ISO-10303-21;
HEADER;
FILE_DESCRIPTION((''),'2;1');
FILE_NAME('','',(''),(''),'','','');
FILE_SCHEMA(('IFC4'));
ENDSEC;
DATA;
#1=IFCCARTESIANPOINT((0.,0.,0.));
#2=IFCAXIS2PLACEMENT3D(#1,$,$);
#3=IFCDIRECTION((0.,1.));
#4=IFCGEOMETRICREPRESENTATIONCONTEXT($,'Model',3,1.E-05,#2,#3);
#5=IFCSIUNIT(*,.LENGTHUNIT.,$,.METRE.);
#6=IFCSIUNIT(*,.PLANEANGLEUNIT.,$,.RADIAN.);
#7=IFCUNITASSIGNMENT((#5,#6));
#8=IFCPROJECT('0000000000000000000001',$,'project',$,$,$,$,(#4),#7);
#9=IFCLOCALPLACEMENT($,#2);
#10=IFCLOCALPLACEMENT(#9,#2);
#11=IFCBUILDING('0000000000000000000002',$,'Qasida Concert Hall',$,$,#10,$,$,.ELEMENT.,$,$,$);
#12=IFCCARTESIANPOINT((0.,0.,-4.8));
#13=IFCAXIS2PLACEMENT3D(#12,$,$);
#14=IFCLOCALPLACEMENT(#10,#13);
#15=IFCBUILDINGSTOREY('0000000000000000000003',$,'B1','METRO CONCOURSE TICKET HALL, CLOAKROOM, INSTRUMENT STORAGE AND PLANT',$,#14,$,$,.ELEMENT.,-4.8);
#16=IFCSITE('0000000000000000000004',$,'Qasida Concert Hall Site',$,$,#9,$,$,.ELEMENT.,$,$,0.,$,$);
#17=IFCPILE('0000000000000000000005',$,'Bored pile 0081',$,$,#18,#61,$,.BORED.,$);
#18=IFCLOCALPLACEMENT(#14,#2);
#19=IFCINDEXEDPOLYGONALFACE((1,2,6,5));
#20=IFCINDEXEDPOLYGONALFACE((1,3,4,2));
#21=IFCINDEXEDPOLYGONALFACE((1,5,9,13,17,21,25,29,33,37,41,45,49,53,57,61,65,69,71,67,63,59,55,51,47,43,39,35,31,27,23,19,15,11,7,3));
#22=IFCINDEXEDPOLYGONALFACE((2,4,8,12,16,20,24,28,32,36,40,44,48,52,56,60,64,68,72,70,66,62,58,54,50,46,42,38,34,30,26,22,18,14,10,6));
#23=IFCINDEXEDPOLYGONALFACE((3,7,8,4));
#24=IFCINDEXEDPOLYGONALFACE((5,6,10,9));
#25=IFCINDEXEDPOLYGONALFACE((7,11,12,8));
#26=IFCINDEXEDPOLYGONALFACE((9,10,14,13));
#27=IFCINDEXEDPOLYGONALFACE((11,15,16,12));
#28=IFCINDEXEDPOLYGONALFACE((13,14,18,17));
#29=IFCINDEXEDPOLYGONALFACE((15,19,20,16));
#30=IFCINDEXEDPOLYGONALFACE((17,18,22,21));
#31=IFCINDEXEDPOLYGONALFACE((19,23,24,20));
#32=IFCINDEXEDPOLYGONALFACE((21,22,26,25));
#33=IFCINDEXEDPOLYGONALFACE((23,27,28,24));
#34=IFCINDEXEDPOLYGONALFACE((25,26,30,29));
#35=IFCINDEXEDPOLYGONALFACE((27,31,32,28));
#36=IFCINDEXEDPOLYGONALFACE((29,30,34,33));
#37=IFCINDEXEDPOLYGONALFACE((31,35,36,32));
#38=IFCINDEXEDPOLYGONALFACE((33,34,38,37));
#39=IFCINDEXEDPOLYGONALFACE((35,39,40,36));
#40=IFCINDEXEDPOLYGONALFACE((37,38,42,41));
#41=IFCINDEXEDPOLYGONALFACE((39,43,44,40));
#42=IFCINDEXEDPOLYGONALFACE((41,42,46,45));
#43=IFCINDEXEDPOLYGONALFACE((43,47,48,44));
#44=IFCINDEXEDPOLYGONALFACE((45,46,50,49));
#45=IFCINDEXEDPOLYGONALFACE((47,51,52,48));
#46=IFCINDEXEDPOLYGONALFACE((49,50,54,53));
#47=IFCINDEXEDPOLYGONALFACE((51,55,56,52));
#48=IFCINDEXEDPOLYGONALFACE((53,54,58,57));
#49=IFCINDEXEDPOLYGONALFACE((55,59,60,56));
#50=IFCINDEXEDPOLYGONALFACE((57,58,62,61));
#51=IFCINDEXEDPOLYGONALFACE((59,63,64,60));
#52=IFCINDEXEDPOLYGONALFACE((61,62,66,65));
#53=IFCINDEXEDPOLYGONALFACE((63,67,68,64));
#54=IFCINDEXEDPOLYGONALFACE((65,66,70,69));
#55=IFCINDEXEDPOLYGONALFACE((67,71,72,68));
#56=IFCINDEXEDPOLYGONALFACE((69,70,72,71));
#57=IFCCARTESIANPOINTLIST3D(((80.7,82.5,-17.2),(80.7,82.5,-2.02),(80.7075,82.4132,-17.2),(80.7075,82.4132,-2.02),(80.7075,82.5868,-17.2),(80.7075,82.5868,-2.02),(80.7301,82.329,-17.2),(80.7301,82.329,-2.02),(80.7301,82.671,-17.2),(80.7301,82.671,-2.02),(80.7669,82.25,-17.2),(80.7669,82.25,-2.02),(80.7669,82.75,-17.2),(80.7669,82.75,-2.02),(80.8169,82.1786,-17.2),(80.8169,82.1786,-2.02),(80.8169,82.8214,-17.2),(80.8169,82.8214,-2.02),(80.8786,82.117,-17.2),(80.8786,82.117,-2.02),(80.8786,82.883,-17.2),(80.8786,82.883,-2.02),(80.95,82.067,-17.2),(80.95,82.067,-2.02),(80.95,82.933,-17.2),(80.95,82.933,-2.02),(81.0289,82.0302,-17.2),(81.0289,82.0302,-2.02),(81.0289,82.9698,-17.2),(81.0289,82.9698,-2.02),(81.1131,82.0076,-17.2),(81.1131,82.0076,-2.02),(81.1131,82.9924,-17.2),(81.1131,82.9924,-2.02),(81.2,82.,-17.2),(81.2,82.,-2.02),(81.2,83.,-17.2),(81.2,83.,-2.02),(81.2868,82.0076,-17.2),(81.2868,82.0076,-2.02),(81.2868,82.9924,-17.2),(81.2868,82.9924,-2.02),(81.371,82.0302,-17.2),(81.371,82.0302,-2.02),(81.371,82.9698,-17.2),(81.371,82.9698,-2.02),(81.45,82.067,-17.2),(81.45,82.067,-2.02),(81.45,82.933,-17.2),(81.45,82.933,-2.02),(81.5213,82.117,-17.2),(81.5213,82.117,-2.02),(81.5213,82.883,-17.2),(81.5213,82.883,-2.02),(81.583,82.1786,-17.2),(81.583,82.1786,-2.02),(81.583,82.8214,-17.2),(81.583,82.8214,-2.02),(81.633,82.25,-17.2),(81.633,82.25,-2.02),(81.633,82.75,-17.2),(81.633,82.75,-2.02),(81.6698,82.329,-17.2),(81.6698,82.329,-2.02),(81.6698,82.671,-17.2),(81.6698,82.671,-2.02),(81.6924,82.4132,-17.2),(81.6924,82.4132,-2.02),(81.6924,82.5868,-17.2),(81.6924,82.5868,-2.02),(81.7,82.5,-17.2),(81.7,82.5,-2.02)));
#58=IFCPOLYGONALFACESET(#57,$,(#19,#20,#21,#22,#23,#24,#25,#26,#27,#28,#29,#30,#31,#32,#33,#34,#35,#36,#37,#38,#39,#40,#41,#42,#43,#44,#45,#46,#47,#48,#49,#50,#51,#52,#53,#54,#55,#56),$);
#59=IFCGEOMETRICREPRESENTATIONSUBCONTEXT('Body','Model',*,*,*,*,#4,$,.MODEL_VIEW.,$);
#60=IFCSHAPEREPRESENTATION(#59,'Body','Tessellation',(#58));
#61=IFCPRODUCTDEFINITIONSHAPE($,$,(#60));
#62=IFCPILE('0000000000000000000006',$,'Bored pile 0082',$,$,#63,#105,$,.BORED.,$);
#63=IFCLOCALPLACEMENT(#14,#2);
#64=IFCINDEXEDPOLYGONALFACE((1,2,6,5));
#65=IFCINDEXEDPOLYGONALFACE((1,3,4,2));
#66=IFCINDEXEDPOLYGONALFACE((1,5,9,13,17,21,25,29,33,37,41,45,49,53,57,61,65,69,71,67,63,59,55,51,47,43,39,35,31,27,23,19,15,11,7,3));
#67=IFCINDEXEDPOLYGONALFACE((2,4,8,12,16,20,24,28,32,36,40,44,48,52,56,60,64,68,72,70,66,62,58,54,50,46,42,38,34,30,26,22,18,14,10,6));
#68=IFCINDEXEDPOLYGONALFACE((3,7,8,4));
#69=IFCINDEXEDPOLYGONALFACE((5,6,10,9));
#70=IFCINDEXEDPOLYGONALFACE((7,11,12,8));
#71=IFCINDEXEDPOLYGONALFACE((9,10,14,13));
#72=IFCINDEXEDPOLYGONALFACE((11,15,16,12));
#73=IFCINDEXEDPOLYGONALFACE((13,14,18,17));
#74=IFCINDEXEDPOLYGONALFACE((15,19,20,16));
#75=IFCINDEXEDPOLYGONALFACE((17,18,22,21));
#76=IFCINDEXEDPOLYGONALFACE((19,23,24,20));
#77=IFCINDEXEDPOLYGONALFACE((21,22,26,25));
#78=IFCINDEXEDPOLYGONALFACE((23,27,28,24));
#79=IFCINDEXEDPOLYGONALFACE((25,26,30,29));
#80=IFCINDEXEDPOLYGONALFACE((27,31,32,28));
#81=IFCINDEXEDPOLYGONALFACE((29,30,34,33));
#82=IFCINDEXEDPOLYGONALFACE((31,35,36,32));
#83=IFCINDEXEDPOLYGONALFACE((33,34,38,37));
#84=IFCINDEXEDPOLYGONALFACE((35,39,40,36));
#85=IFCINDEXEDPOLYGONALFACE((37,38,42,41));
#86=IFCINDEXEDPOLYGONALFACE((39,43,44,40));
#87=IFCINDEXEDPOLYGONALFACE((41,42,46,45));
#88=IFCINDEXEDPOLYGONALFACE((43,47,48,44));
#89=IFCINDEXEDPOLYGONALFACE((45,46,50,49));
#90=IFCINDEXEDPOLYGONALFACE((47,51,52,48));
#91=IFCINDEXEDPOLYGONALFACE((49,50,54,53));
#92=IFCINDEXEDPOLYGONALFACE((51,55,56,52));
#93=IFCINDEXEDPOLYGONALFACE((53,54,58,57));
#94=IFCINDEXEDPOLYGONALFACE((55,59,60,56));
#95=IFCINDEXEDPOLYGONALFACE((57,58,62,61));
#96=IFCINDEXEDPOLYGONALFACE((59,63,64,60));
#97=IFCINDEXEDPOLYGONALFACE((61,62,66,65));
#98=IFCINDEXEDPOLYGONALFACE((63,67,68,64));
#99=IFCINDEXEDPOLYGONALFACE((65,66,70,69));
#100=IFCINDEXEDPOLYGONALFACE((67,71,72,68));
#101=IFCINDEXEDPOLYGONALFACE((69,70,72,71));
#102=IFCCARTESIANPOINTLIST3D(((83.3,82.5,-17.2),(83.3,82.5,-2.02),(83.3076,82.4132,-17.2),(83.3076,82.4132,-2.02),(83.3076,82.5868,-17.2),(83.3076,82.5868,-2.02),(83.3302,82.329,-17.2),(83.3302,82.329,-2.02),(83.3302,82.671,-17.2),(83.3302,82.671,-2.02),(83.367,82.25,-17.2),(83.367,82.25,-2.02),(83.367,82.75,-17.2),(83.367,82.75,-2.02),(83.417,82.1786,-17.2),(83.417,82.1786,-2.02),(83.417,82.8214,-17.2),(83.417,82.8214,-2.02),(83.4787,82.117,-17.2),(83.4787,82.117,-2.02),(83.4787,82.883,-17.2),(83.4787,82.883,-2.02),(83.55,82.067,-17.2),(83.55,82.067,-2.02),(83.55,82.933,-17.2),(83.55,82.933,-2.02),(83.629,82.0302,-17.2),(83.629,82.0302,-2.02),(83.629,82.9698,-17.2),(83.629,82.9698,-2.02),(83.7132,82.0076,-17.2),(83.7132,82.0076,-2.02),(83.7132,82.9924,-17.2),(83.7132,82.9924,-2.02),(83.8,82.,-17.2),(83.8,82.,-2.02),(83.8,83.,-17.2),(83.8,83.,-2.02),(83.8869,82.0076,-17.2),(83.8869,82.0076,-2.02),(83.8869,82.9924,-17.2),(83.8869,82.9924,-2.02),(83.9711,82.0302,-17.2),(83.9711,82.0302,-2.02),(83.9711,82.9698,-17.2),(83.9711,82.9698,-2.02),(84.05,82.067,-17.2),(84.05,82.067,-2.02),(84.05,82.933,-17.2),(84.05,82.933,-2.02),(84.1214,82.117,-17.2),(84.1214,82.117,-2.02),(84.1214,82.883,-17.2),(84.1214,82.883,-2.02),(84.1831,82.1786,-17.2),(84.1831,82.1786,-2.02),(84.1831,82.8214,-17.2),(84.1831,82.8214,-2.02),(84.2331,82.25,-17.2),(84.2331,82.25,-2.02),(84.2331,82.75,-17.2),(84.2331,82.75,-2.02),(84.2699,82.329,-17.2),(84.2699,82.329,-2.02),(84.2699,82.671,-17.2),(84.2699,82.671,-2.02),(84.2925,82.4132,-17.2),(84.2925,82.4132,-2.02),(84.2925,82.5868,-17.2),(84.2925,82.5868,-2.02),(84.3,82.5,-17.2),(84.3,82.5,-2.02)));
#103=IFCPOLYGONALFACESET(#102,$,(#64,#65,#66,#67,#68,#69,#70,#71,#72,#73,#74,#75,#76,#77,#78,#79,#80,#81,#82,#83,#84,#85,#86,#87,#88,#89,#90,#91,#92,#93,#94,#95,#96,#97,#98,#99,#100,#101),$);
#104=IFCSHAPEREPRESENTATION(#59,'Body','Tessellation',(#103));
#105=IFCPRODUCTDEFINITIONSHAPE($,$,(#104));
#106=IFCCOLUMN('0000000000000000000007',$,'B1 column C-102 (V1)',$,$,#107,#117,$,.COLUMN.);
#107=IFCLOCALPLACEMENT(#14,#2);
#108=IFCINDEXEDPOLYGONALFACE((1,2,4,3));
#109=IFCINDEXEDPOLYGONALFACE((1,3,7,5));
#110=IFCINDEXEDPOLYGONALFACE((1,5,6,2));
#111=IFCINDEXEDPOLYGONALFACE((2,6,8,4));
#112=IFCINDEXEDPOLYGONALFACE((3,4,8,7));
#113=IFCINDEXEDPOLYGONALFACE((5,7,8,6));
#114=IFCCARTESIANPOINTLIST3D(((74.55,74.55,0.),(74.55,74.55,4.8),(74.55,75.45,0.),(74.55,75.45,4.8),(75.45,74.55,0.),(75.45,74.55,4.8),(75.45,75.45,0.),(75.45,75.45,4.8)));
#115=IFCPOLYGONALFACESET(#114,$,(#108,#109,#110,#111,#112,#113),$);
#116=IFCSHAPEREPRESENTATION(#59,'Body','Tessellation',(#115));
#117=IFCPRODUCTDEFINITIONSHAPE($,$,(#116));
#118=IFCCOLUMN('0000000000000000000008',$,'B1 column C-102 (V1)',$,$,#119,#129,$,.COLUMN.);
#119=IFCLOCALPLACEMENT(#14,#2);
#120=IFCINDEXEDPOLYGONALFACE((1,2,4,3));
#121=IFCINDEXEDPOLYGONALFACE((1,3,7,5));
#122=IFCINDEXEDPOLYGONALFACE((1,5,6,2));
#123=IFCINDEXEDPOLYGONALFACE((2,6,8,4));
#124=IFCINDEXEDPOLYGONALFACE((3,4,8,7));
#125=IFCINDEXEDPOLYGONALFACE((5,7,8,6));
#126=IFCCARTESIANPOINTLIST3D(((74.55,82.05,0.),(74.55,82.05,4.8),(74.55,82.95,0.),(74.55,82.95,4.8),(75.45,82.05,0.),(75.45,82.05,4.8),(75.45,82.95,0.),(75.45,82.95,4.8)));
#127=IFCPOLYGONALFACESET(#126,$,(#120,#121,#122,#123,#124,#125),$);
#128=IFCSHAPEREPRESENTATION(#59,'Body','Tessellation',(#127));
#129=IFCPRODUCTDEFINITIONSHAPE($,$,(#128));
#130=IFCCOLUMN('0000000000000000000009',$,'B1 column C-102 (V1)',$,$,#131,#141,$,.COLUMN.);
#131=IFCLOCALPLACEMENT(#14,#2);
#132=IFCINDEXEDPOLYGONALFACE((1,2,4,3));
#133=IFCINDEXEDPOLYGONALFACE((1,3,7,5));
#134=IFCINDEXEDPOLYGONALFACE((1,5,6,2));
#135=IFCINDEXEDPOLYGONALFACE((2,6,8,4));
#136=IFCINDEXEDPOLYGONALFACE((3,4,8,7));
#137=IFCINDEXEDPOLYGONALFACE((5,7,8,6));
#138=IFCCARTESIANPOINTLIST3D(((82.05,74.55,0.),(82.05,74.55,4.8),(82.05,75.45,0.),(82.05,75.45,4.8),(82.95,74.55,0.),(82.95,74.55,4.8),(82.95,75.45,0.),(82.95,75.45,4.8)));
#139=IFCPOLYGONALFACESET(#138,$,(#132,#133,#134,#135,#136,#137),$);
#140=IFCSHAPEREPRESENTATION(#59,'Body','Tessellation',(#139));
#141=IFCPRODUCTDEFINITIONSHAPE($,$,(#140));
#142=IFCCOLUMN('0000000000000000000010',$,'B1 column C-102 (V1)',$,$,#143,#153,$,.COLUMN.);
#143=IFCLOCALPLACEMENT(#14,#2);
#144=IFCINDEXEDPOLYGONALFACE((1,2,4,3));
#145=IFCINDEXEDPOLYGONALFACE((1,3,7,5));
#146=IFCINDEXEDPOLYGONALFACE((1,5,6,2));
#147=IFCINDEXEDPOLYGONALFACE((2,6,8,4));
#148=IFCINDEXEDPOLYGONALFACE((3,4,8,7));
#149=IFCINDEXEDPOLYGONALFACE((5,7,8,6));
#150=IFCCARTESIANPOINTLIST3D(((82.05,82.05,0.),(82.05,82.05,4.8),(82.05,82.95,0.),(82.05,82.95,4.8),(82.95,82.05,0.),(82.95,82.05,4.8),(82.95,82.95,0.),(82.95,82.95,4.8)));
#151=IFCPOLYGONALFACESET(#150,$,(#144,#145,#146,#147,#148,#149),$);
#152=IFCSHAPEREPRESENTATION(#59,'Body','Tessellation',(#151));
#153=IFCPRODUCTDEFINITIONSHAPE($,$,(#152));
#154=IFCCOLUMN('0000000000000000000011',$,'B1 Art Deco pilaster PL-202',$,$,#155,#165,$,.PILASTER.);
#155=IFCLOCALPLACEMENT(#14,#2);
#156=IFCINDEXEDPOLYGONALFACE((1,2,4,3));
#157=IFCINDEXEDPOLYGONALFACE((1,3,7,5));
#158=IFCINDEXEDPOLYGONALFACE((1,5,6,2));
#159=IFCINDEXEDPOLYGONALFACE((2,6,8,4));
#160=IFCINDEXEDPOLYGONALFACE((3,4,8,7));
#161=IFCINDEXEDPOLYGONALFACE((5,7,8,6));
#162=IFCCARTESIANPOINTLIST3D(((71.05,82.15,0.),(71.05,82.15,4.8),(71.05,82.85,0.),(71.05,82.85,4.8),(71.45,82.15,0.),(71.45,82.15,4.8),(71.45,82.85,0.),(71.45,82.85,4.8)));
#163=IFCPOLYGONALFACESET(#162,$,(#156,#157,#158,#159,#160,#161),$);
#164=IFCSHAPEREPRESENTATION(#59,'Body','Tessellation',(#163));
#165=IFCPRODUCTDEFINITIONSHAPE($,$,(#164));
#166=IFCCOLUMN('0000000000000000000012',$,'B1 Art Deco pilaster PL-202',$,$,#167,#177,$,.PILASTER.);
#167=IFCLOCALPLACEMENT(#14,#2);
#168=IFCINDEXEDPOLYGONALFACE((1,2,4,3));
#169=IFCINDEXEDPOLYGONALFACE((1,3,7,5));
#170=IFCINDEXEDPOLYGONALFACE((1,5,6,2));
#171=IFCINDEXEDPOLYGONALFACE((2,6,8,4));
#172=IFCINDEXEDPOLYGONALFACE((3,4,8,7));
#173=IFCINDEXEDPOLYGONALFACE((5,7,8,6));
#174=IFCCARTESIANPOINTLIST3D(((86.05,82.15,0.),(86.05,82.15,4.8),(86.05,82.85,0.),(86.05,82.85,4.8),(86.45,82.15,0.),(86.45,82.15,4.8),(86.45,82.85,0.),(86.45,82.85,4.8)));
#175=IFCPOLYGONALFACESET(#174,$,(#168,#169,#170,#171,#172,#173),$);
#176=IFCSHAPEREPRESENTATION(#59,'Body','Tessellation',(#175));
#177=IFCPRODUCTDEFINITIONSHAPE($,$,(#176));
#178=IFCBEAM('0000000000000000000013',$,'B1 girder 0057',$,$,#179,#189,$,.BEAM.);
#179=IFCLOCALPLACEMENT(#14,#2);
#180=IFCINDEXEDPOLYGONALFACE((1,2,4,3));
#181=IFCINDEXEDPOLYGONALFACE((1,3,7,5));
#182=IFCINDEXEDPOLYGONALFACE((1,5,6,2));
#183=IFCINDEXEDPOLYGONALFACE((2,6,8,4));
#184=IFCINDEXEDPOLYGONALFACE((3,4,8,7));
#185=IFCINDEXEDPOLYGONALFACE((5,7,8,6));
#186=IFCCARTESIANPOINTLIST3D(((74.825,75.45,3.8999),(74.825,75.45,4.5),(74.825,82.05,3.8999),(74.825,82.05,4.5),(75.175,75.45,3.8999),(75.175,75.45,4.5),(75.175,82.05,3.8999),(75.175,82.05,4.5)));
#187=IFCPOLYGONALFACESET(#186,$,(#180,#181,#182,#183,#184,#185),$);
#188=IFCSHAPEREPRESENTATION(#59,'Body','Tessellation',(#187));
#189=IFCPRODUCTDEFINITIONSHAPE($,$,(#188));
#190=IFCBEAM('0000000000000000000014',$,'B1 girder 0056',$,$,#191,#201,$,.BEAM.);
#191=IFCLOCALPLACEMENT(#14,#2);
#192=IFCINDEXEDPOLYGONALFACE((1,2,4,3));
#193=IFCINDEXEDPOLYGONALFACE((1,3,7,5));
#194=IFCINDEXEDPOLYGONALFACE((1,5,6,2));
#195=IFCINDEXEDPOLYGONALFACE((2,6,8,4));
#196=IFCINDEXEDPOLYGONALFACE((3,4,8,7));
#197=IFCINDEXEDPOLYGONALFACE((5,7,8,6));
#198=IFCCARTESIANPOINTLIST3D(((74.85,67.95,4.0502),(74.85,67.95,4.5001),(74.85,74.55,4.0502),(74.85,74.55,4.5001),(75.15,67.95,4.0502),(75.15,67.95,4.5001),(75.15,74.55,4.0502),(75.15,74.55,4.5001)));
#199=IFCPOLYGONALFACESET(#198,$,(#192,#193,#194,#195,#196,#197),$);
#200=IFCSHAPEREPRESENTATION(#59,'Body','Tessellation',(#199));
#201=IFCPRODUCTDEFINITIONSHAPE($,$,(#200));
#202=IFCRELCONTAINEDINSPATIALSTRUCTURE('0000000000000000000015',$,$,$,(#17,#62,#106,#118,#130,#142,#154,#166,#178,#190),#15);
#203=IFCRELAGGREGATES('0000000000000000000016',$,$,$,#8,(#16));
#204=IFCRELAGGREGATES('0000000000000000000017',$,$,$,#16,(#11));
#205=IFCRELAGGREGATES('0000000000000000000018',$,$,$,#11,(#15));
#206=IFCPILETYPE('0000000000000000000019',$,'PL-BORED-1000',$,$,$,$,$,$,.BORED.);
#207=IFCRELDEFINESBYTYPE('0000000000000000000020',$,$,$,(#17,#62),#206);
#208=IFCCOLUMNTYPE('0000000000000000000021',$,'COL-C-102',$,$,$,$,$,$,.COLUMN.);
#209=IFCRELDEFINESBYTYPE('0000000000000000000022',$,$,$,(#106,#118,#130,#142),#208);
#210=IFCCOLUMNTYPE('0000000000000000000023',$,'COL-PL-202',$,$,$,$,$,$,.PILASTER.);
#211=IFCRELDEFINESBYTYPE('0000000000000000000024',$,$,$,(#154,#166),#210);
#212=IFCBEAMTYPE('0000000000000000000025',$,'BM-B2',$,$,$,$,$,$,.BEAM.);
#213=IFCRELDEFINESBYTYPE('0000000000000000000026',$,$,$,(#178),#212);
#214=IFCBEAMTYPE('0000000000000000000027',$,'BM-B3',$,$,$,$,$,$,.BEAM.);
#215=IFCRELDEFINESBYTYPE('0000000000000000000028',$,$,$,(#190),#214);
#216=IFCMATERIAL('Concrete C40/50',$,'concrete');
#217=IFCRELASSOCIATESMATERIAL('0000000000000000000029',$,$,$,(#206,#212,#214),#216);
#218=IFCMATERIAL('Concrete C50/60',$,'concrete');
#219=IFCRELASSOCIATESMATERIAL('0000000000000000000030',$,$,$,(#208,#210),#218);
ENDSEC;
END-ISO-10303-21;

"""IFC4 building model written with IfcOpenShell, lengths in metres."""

from ifc_helpers import new_model, si_unit, direction, frame, origin, origin_2d, place, context, subcontext, project, spatial, rectangle, circle, extrude, material, material_profile, profile_set, type_object, element, save


model = new_model("IFC4")

# Units and contexts
model_context = context("Model", 3, precision=1e-05, world=origin(), true_north=direction((0.0, 1.0)))
body_context = subcontext(model_context, "Body", "Model", "MODEL_VIEW")
ifc_project = project(units=[si_unit("LENGTHUNIT", "METRE"), si_unit("PLANEANGLEUNIT", "RADIAN")], contexts=[model_context])

# Site, building, storey
site_placement = place(None, origin())
site = spatial("IfcSite", under=ifc_project, at=site_placement, Name="Qasida Concert Hall Site", CompositionType="ELEMENT", RefElevation=0.0)
building_placement = place(site_placement, origin())
building = spatial("IfcBuilding", under=site, at=building_placement, Name="Qasida Concert Hall", CompositionType="ELEMENT")
storey_placement = place(building_placement, frame((0.0, 0.0, -4.8)))
storey = spatial("IfcBuildingStorey", under=building, at=storey_placement, Name="B1", Description="METRO CONCOURSE TICKET HALL, CLOAKROOM, INSTRUMENT STORAGE AND PLANT", CompositionType="ELEMENT", Elevation=-4.8)

# Shared definitions
ifc_material_1 = material(Name="Concrete C40/50", Category="concrete")

# Piles
ifc_material_profile_1 = material_profile(ifc_material_1, circle(Radius=0.5, at=origin_2d()), Name="BORED PILE D1000")
ifc_profile_set_1 = profile_set([ifc_material_profile_1], Name="Concrete C40/50")
pile_type = type_object("IfcPileType", Name="PL-BORED-1000", PredefinedType="BORED", material=ifc_profile_set_1)
for number, where, z_axis, x_axis, name in (
    (1, (81.2, 82.5, -2.02), (0.0, 0.0, -1.0), (1.0, 0.0, 0.0), "Bored pile 0081"),
    (2, (83.8, 82.5, -2.02), (0.0, 0.0, -1.0), (1.0, 0.0, 0.0), "Bored pile 0082"),
):
    element("IfcPile", number, at=place(storey_placement, frame(where, z_axis=z_axis, x_axis=x_axis)), inside=storey, type_object=pile_type, Name=name, PredefinedType="BORED", context=body_context, shape_type="SweptSolid", body=[
        extrude(circle(Radius=0.5, at=origin_2d()), origin(), (0.0, 0.0, 1.0), 15.1799),
    ])

# Columns
ifc_material_2 = material(Name="Concrete C50/60", Category="concrete")
ifc_material_profile_2 = material_profile(ifc_material_2, rectangle(XDim=0.8999, YDim=0.8999, at=origin_2d()), Name="RC 900x900")
ifc_profile_set_2 = profile_set([ifc_material_profile_2], Name="Concrete C50/60")
column_type_1 = type_object("IfcColumnType", Name="COL-C-102", PredefinedType="COLUMN", material=ifc_profile_set_2)
for number, where, z_axis, x_axis, name in (
    (3, (75.0, 75.0, 0.0), (0.0, 0.0, 1.0), (1.0, 0.0, 0.0), "B1 column C-102 (V1)"),
    (4, (75.0, 82.5, 0.0), (0.0, 0.0, 1.0), (1.0, 0.0, 0.0), "B1 column C-102 (V1)"),
    (5, (82.5, 75.0, 0.0), (0.0, 0.0, 1.0), (1.0, 0.0, 0.0), "B1 column C-102 (V1)"),
    (6, (82.5, 82.5, 0.0), (0.0, 0.0, 1.0), (1.0, 0.0, 0.0), "B1 column C-102 (V1)"),
):
    element("IfcColumn", number, at=place(storey_placement, frame(where, z_axis=z_axis, x_axis=x_axis)), inside=storey, type_object=column_type_1, Name=name, PredefinedType="COLUMN", context=body_context, shape_type="SweptSolid", body=[
        extrude(rectangle(XDim=0.8999, YDim=0.8999, at=origin_2d()), origin(), (0.0, 0.0, 1.0), 4.8),
    ])
ifc_material_profile_3 = material_profile(ifc_material_2, rectangle(XDim=0.3999, YDim=0.7, at=origin_2d()), Name="RC 400x700")
ifc_profile_set_3 = profile_set([ifc_material_profile_3], Name="Concrete C50/60")
column_type_2 = type_object("IfcColumnType", Name="COL-PL-202", PredefinedType="PILASTER", material=ifc_profile_set_3)
for number, where, z_axis, x_axis, name in (
    (7, (71.25, 82.5, 0.0), (0.0, 0.0, 1.0), (1.0, 0.0, 0.0), "B1 Art Deco pilaster PL-202"),
    (8, (86.25, 82.5, 0.0), (0.0, 0.0, 1.0), (1.0, 0.0, 0.0), "B1 Art Deco pilaster PL-202"),
):
    element("IfcColumn", number, at=place(storey_placement, frame(where, z_axis=z_axis, x_axis=x_axis)), inside=storey, type_object=column_type_2, Name=name, PredefinedType="PILASTER", context=body_context, shape_type="SweptSolid", body=[
        extrude(rectangle(XDim=0.3999, YDim=0.7, at=origin_2d()), origin(), (0.0, 0.0, 1.0), 4.8),
    ])

# Beams
ifc_material_profile_4 = material_profile(ifc_material_1, rectangle(XDim=0.3501, YDim=0.6001, at=origin_2d()), Name="RC 350x600")
ifc_profile_set_4 = profile_set([ifc_material_profile_4], Name="Concrete C40/50")
beam_type_1 = type_object("IfcBeamType", Name="BM-B2", PredefinedType="BEAM", material=ifc_profile_set_4)
beam_1_placement = place(storey_placement, frame((75.0, 75.45, 4.2), z_axis=(0.0, 1.0, 0.0), x_axis=(-1.0, 0.0, 0.0)))
element("IfcBeam", 9, at=beam_1_placement, inside=storey, type_object=beam_type_1, Name="B1 girder 0057", PredefinedType="BEAM", context=body_context, shape_type="SweptSolid", body=[
    extrude(rectangle(XDim=0.3501, YDim=0.6001, at=origin_2d()), origin(), (0.0, 0.0, 1.0), 6.6001),
])
ifc_material_profile_5 = material_profile(ifc_material_1, rectangle(XDim=0.3, YDim=0.45, at=origin_2d()), Name="RC 300x450")
ifc_profile_set_5 = profile_set([ifc_material_profile_5], Name="Concrete C40/50")
beam_type_2 = type_object("IfcBeamType", Name="BM-B3", PredefinedType="BEAM", material=ifc_profile_set_5)
beam_2_placement = place(storey_placement, frame((75.0, 67.95, 4.2751), z_axis=(0.0, 1.0, 0.0), x_axis=(-1.0, 0.0, 0.0)))
element("IfcBeam", 10, at=beam_2_placement, inside=storey, type_object=beam_type_2, Name="B1 girder 0056", PredefinedType="BEAM", context=body_context, shape_type="SweptSolid", body=[
    extrude(rectangle(XDim=0.3, YDim=0.45, at=origin_2d()), origin(), (0.0, 0.0, 1.0), 6.6001),
])

save(model, "model.ifc")
